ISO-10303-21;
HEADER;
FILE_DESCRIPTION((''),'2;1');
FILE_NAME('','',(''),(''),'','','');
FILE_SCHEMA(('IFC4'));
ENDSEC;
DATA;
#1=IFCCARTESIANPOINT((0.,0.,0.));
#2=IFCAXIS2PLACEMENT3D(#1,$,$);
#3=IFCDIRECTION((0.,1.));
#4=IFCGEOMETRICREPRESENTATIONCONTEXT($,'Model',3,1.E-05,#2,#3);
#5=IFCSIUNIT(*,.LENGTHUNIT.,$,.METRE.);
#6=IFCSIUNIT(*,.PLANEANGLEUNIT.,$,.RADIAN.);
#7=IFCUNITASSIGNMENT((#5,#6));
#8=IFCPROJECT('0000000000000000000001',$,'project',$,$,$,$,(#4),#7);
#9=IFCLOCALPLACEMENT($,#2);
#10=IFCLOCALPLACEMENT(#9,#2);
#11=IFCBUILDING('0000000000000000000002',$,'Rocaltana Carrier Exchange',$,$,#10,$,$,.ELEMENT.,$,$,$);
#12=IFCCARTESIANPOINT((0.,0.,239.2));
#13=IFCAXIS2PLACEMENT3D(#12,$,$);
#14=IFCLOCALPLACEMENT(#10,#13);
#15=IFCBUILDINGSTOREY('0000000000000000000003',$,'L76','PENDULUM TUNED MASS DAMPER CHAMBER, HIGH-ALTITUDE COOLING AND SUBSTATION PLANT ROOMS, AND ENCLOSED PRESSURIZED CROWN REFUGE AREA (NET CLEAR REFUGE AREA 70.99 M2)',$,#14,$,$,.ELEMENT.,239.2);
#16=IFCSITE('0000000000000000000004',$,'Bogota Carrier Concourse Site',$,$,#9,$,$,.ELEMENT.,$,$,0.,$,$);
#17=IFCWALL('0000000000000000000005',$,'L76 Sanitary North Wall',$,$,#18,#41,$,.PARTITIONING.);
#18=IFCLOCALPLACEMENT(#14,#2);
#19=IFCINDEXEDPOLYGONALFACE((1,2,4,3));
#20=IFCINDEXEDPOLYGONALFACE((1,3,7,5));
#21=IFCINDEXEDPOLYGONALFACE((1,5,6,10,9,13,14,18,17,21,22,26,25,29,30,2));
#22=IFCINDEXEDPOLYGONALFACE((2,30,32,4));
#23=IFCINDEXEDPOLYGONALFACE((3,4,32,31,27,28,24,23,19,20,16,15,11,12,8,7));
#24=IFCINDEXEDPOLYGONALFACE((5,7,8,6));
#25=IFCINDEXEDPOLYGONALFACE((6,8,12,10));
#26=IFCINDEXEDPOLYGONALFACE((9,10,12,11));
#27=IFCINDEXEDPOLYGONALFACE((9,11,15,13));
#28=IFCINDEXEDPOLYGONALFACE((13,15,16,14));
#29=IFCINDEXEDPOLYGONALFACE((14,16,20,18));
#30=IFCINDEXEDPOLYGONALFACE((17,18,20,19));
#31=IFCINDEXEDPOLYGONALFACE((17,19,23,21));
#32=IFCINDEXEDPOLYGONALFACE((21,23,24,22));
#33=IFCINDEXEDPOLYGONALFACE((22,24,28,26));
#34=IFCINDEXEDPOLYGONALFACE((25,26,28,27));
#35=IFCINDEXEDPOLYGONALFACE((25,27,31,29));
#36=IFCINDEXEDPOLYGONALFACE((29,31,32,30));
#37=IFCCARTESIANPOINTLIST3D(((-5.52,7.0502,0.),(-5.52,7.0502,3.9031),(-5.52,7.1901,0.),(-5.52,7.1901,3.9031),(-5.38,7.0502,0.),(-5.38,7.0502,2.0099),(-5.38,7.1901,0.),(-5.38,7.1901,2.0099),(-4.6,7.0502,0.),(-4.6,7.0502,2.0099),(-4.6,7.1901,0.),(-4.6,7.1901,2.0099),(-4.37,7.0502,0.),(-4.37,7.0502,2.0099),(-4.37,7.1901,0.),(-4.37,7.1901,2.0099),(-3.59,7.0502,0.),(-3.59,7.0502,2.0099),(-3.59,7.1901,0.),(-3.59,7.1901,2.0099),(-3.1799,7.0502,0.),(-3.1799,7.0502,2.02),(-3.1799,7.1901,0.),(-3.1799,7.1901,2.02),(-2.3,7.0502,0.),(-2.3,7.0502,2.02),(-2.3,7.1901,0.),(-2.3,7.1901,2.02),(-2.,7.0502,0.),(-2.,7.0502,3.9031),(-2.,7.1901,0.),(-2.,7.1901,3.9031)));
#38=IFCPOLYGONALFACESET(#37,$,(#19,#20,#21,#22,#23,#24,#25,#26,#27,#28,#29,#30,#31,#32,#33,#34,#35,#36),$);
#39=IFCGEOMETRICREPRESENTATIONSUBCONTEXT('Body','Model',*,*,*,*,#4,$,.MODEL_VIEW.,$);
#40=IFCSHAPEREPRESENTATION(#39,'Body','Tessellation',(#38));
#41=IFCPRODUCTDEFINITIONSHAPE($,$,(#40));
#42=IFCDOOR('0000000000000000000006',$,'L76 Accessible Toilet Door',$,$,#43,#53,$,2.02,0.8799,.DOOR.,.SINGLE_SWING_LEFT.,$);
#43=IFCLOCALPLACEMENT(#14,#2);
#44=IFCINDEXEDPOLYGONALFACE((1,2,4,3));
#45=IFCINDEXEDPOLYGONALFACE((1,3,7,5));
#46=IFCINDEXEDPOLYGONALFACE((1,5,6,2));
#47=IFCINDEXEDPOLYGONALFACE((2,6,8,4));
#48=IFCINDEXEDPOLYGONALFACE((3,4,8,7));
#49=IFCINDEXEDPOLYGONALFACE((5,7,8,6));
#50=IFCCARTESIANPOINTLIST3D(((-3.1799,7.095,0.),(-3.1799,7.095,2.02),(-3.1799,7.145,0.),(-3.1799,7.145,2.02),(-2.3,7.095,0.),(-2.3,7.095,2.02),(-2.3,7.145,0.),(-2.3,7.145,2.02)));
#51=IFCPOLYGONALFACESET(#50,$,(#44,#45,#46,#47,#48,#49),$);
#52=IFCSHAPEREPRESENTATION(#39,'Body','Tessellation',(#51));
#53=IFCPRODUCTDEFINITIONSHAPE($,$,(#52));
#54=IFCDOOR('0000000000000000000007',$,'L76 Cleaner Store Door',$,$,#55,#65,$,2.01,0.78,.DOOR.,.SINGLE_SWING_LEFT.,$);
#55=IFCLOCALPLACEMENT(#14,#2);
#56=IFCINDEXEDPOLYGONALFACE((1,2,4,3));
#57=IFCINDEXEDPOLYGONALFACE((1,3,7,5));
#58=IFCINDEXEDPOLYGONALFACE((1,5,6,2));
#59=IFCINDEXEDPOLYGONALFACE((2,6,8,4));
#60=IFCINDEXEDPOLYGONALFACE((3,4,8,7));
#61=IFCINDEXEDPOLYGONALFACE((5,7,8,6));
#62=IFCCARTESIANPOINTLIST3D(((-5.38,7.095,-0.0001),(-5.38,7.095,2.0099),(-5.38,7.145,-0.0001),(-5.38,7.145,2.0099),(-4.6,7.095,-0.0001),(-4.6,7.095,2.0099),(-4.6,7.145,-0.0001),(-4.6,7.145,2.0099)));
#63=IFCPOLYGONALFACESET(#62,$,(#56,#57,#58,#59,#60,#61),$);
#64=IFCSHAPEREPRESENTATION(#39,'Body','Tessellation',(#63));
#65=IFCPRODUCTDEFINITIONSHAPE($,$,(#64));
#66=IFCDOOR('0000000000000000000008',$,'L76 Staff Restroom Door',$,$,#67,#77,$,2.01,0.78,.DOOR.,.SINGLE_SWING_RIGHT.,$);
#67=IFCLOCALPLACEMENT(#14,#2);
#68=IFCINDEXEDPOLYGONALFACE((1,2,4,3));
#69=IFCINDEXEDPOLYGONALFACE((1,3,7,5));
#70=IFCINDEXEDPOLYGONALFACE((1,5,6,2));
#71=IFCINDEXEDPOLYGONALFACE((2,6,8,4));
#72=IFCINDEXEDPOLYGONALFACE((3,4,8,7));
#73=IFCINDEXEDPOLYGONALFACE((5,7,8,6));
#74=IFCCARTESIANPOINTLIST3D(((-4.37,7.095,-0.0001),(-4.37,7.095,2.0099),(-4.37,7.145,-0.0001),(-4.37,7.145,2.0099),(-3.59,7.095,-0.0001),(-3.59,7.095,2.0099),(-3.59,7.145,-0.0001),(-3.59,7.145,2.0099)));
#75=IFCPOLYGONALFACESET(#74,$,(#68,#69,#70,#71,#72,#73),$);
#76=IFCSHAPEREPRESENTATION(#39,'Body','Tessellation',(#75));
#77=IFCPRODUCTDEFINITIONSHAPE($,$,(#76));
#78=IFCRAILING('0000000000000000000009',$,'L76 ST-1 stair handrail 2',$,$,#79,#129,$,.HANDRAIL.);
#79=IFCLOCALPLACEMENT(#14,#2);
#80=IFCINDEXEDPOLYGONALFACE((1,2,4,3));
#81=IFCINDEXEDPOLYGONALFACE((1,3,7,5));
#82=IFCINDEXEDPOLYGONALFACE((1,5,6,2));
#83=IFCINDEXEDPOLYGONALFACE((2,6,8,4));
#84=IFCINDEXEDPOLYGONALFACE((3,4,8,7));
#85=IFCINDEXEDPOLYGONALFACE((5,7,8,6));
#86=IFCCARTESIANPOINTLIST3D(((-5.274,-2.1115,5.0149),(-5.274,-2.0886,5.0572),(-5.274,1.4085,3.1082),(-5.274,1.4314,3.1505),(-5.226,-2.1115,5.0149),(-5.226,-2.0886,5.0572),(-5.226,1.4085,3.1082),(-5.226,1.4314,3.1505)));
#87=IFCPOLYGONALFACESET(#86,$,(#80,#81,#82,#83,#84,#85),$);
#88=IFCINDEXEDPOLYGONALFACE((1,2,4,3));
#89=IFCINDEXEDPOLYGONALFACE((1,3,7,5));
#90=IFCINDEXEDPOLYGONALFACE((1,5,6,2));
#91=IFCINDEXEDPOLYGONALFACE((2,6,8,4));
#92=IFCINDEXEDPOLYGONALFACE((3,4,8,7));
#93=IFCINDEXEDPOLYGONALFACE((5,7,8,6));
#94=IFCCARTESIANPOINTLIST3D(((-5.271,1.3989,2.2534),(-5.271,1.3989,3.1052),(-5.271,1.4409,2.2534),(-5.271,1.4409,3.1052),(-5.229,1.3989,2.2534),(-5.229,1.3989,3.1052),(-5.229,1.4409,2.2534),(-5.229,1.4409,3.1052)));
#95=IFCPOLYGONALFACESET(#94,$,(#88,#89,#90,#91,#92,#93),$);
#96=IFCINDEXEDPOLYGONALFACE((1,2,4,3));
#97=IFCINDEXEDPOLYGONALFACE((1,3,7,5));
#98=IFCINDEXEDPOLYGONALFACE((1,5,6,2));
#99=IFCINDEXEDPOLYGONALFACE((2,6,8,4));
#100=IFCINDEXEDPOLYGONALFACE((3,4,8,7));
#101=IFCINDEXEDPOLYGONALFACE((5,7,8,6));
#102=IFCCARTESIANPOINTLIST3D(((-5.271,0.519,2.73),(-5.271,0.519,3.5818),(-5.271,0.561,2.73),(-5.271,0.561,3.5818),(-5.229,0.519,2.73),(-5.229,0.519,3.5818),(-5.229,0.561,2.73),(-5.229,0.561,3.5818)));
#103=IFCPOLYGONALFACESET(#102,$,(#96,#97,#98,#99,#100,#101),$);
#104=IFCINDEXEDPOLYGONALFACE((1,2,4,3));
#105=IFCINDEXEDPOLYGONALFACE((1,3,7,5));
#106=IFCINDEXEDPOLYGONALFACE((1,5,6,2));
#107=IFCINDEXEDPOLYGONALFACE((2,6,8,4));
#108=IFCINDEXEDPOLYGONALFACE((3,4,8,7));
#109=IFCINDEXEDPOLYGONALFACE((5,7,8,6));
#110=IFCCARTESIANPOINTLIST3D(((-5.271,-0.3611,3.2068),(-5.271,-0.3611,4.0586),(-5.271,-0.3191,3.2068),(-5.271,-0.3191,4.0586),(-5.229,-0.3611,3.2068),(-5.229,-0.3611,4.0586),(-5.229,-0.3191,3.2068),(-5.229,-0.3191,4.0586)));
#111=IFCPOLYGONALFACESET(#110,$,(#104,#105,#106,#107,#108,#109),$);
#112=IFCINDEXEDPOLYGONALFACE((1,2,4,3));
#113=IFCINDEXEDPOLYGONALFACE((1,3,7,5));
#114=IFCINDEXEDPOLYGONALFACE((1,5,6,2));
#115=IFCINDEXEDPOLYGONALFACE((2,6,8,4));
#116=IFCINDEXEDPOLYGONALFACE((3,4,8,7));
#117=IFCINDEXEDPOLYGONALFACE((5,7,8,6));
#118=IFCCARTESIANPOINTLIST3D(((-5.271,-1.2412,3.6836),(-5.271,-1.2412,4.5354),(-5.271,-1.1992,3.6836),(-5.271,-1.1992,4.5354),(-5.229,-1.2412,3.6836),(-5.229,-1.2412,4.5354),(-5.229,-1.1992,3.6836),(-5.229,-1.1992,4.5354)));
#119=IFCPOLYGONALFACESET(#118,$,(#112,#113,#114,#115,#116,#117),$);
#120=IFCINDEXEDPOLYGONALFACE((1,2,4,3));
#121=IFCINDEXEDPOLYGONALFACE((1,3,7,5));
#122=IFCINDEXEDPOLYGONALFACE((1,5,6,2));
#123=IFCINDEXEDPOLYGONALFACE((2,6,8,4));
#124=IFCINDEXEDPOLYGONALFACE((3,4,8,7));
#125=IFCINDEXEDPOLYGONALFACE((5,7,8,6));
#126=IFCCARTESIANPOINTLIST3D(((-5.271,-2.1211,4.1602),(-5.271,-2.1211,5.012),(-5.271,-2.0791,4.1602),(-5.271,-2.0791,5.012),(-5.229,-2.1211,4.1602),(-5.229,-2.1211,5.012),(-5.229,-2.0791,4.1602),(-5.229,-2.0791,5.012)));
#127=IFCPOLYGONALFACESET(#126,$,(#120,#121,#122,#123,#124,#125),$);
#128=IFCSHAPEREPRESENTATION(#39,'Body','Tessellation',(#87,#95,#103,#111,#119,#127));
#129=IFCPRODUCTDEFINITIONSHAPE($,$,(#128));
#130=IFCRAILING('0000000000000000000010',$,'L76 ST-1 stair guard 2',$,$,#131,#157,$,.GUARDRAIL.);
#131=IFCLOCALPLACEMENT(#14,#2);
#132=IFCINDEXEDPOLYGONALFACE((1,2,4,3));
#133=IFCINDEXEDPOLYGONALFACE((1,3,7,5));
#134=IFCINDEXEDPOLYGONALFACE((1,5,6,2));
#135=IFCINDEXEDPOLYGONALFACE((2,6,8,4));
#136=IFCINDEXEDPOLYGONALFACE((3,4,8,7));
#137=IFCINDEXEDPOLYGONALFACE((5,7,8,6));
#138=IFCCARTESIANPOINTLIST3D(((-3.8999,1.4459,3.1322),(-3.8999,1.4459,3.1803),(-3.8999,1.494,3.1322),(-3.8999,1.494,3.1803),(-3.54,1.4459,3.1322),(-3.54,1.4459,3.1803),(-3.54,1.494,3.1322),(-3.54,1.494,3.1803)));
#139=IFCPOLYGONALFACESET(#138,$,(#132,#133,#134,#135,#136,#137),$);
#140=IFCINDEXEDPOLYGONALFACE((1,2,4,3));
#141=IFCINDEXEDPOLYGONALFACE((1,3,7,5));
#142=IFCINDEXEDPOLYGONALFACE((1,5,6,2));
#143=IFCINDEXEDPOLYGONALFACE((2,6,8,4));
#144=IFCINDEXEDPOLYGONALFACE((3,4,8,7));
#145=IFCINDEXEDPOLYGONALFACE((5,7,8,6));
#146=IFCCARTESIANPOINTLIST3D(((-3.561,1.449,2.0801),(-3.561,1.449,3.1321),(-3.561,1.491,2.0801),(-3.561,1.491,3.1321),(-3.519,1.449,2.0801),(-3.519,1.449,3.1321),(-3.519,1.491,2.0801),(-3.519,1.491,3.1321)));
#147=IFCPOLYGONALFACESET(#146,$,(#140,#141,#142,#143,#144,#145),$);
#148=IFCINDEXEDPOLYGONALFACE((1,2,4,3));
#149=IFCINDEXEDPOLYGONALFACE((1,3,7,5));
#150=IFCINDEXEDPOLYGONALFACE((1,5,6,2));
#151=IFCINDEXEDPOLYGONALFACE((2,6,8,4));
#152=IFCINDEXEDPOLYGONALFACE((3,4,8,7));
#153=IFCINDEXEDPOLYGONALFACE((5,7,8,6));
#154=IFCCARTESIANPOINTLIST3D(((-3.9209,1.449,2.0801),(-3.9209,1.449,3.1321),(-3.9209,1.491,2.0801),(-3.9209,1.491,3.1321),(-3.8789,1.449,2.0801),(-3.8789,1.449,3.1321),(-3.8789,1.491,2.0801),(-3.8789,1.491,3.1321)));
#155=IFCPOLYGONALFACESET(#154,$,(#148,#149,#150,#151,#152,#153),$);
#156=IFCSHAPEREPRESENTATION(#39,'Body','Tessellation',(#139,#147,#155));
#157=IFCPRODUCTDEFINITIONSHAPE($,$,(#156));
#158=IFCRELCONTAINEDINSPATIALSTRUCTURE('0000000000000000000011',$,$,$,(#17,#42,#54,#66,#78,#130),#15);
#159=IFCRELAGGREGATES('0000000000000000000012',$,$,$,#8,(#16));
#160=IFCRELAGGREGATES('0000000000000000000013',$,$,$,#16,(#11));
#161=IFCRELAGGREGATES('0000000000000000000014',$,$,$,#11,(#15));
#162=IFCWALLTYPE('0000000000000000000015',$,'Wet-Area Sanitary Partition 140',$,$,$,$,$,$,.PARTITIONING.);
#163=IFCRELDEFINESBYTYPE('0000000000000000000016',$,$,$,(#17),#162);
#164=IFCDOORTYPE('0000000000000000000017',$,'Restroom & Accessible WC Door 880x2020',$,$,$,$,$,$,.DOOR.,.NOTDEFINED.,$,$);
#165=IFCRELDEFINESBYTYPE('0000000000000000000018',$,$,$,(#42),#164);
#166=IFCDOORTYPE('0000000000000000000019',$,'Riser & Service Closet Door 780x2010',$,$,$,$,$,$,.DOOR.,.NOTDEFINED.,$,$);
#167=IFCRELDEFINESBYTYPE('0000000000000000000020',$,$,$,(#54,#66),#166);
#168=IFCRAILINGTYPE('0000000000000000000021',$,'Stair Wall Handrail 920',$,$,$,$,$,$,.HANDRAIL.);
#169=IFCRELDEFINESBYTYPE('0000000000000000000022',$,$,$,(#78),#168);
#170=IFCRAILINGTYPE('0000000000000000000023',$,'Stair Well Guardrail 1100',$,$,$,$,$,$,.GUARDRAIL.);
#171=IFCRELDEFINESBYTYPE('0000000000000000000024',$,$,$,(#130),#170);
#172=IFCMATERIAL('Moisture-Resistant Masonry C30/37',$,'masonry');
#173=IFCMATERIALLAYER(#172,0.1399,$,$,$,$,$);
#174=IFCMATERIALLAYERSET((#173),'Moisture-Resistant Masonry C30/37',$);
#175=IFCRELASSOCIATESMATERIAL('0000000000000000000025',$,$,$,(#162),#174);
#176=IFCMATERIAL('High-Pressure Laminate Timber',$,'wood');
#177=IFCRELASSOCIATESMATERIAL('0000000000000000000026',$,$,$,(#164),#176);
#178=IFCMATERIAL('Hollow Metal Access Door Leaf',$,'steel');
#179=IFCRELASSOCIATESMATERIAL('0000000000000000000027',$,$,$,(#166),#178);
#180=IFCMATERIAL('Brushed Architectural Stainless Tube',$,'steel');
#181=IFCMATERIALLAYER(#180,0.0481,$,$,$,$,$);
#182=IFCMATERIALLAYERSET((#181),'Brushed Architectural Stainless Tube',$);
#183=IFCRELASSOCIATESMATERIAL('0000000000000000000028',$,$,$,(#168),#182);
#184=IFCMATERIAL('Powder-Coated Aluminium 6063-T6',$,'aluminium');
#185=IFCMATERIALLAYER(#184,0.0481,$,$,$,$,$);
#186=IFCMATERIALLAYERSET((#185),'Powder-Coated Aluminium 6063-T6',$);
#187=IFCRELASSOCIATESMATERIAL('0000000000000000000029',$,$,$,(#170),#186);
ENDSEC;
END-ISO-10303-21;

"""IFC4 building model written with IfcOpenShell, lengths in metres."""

from ifc_helpers import new_model, si_unit, direction, frame, frame_2d, origin, origin_2d, place, context, subcontext, project, spatial, rectangle, extrude, material, layer, layer_set, type_object, element, fill, save


model = new_model("IFC4")

# Units and contexts
model_context = context("Model", 3, precision=1e-05, world=origin(), true_north=direction((0.0, 1.0)))
body_context = subcontext(model_context, "Body", "Model", "MODEL_VIEW")
ifc_project = project(units=[si_unit("LENGTHUNIT", "METRE"), si_unit("PLANEANGLEUNIT", "RADIAN")], contexts=[model_context])

# Site, building, storey
site_placement = place(None, origin())
site = spatial("IfcSite", under=ifc_project, at=site_placement, Name="Bogota Carrier Concourse Site", CompositionType="ELEMENT", RefElevation=0.0)
building_placement = place(site_placement, origin())
building = spatial("IfcBuilding", under=site, at=building_placement, Name="Rocaltana Carrier Exchange", CompositionType="ELEMENT")
storey_placement = place(building_placement, frame((0.0, 0.0, 239.2)))
storey = spatial("IfcBuildingStorey", under=building, at=storey_placement, Name="L76", Description="PENDULUM TUNED MASS DAMPER CHAMBER, HIGH-ALTITUDE COOLING AND SUBSTATION PLANT ROOMS, AND ENCLOSED PRESSURIZED CROWN REFUGE AREA (NET CLEAR REFUGE AREA 70.99 M2)", CompositionType="ELEMENT", Elevation=239.2)

# Shared definitions
ifc_material_1 = material(Name="Moisture-Resistant Masonry C30/37", Category="masonry")
ifc_layer_1 = layer(ifc_material_1, 0.1399)
ifc_layer_set_1 = layer_set([ifc_layer_1], Name="Moisture-Resistant Masonry C30/37")
wall_type_1 = type_object("IfcWallType", Name="Wet-Area Sanitary Partition 140", PredefinedType="PARTITIONING", material=ifc_layer_set_1)

# Wall, openings, doors
wall_1_placement = place(storey_placement, frame((-5.52, 7.1201, 0.0), z_axis=(0.0, 0.0, 1.0), x_axis=(1.0, 0.0, 0.0)))
wall_1 = element("IfcWall", 1, at=wall_1_placement, inside=storey, type_object=wall_type_1, Name="L76 Sanitary North Wall", PredefinedType="PARTITIONING", context=body_context, shape_type="SweptSolid", body=[
    extrude(rectangle(XDim=3.52, YDim=0.1399, at=frame_2d((1.76, 0.0))), origin(), (0.0, 0.0, 1.0), 3.9031),
])
opening_1_placement = place(wall_1_placement, frame((0.1399, 0.0, 0.0)))
opening_1 = element("IfcOpeningElement", 2, at=opening_1_placement, cuts=wall_1, PredefinedType="OPENING", context=body_context, shape_type="SweptSolid", body=[
    extrude(rectangle(XDim=0.78, YDim=2.01, at=frame_2d((0.3901, 1.0049))), frame((0.0, 0.0798, 0.0), z_axis=(0.0, -1.0, 0.0), x_axis=(1.0, 0.0, 0.0)), (0.0, 0.0, 1.0), 0.1599),
])
opening_2_placement = place(wall_1_placement, frame((1.1499, 0.0, 0.0)))
opening_2 = element("IfcOpeningElement", 3, at=opening_2_placement, cuts=wall_1, PredefinedType="OPENING", context=body_context, shape_type="SweptSolid", body=[
    extrude(rectangle(XDim=0.78, YDim=2.01, at=frame_2d((0.3901, 1.0049))), frame((0.0, 0.0798, 0.0), z_axis=(0.0, -1.0, 0.0), x_axis=(1.0, 0.0, 0.0)), (0.0, 0.0, 1.0), 0.1599),
])
opening_3_placement = place(wall_1_placement, frame((2.3401, 0.0, 0.0)))
opening_3 = element("IfcOpeningElement", 4, at=opening_3_placement, cuts=wall_1, PredefinedType="OPENING", context=body_context, shape_type="SweptSolid", body=[
    extrude(rectangle(XDim=0.8799, YDim=2.02, at=frame_2d((0.4399, 1.01))), frame((0.0, 0.0798, 0.0), z_axis=(0.0, -1.0, 0.0), x_axis=(1.0, 0.0, 0.0)), (0.0, 0.0, 1.0), 0.1599),
])
ifc_material_2 = material(Name="High-Pressure Laminate Timber", Category="wood")
door_type_1 = type_object("IfcDoorType", Name="Restroom & Accessible WC Door 880x2020", OperationType="NOTDEFINED", PredefinedType="DOOR", material=ifc_material_2)
door_1_placement = place(opening_3_placement, origin())
door_1 = element("IfcDoor", 5, at=door_1_placement, inside=storey, type_object=door_type_1, Name="L76 Accessible Toilet Door", OperationType="SINGLE_SWING_LEFT", OverallHeight=2.02, OverallWidth=0.8799, PredefinedType="DOOR", context=body_context, shape_type="SweptSolid", body=[
    extrude(rectangle(XDim=0.8799, YDim=2.02, at=frame_2d((0.4399, 1.01))), frame((0.0, 0.0249, 0.0), z_axis=(0.0, -1.0, 0.0), x_axis=(1.0, 0.0, 0.0)), (0.0, 0.0, 1.0), 0.05),
])
fill(opening_3, door_1)
ifc_material_3 = material(Name="Hollow Metal Access Door Leaf", Category="steel")
door_type_2 = type_object("IfcDoorType", Name="Riser & Service Closet Door 780x2010", OperationType="NOTDEFINED", PredefinedType="DOOR", material=ifc_material_3)
door_2_placement = place(opening_1_placement, origin())
door_2 = element("IfcDoor", 6, at=door_2_placement, inside=storey, type_object=door_type_2, Name="L76 Cleaner Store Door", OperationType="SINGLE_SWING_LEFT", OverallHeight=2.01, OverallWidth=0.78, PredefinedType="DOOR", context=body_context, shape_type="SweptSolid", body=[
    extrude(rectangle(XDim=0.78, YDim=2.01, at=frame_2d((0.3901, 1.0049))), frame((0.0, 0.0249, 0.0), z_axis=(0.0, -1.0, 0.0), x_axis=(1.0, 0.0, 0.0)), (0.0, 0.0, 1.0), 0.05),
])
fill(opening_1, door_2)
door_3_placement = place(opening_2_placement, origin())
door_3 = element("IfcDoor", 7, at=door_3_placement, inside=storey, type_object=door_type_2, Name="L76 Staff Restroom Door", OperationType="SINGLE_SWING_RIGHT", OverallHeight=2.01, OverallWidth=0.78, PredefinedType="DOOR", context=body_context, shape_type="SweptSolid", body=[
    extrude(rectangle(XDim=0.78, YDim=2.01, at=frame_2d((0.3901, 1.0049))), frame((0.0, 0.0249, 0.0), z_axis=(0.0, -1.0, 0.0), x_axis=(1.0, 0.0, 0.0)), (0.0, 0.0, 1.0), 0.05),
])
fill(opening_2, door_3)

# Railings
ifc_material_4 = material(Name="Brushed Architectural Stainless Tube", Category="steel")
ifc_layer_2 = layer(ifc_material_4, 0.0481)
ifc_layer_set_2 = layer_set([ifc_layer_2], Name="Brushed Architectural Stainless Tube")
railing_type_1 = type_object("IfcRailingType", Name="Stair Wall Handrail 920", PredefinedType="HANDRAIL", material=ifc_layer_set_2)
railing_1_placement = place(storey_placement, frame((-5.25, 1.4199, 2.2534)))
element("IfcRailing", 8, at=railing_1_placement, inside=storey, type_object=railing_type_1, Name="L76 ST-1 stair handrail 2", PredefinedType="HANDRAIL", context=body_context, shape_type="SweptSolid", body=[
    extrude(rectangle(XDim=0.0481, YDim=0.0481, at=origin_2d()), frame((0.0, 0.0, 0.876), z_axis=(0.0, -0.879286, 0.476295), x_axis=(1.0, 0.0, 0.0)), (0.0, 0.0, 1.0), 4.0032),
    extrude(rectangle(XDim=0.042, YDim=0.042, at=origin_2d()), origin(), (0.0, 0.0, 1.0), 0.8518),
    extrude(rectangle(XDim=0.042, YDim=0.042, at=origin_2d()), frame((0.0, -0.8799, 0.4766)), (0.0, 0.0, 1.0), 0.8518),
    extrude(rectangle(XDim=0.042, YDim=0.042, at=origin_2d()), frame((0.0, -1.76, 0.9534)), (0.0, 0.0, 1.0), 0.8518),
    extrude(rectangle(XDim=0.042, YDim=0.042, at=origin_2d()), frame((0.0, -2.6401, 1.4302)), (0.0, 0.0, 1.0), 0.8518),
    extrude(rectangle(XDim=0.042, YDim=0.042, at=origin_2d()), frame((0.0, -3.52, 1.9067)), (0.0, 0.0, 1.0), 0.8518),
])
ifc_material_5 = material(Name="Powder-Coated Aluminium 6063-T6", Category="aluminium")
ifc_layer_3 = layer(ifc_material_5, 0.0481)
ifc_layer_set_3 = layer_set([ifc_layer_3], Name="Powder-Coated Aluminium 6063-T6")
railing_type_2 = type_object("IfcRailingType", Name="Stair Well Guardrail 1100", PredefinedType="GUARDRAIL", material=ifc_layer_set_3)
railing_2_placement = place(storey_placement, frame((-3.54, 1.47, 2.0801)))
element("IfcRailing", 9, at=railing_2_placement, inside=storey, type_object=railing_type_2, Name="L76 ST-1 stair guard 2", PredefinedType="GUARDRAIL", context=body_context, shape_type="SweptSolid", body=[
    extrude(rectangle(XDim=0.0481, YDim=0.0481, at=origin_2d()), frame((0.0, 0.0, 1.0762), z_axis=(-1.0, 0.0, 0.0), x_axis=(0.0, -1.0, 0.0)), (0.0, 0.0, 1.0), 0.3599),
    extrude(rectangle(XDim=0.042, YDim=0.042, at=origin_2d()), origin(), (0.0, 0.0, 1.0), 1.052),
    extrude(rectangle(XDim=0.042, YDim=0.042, at=origin_2d()), frame((-0.3599, 0.0, 0.0)), (0.0, 0.0, 1.0), 1.052),
])

save(model, "model.ifc")
